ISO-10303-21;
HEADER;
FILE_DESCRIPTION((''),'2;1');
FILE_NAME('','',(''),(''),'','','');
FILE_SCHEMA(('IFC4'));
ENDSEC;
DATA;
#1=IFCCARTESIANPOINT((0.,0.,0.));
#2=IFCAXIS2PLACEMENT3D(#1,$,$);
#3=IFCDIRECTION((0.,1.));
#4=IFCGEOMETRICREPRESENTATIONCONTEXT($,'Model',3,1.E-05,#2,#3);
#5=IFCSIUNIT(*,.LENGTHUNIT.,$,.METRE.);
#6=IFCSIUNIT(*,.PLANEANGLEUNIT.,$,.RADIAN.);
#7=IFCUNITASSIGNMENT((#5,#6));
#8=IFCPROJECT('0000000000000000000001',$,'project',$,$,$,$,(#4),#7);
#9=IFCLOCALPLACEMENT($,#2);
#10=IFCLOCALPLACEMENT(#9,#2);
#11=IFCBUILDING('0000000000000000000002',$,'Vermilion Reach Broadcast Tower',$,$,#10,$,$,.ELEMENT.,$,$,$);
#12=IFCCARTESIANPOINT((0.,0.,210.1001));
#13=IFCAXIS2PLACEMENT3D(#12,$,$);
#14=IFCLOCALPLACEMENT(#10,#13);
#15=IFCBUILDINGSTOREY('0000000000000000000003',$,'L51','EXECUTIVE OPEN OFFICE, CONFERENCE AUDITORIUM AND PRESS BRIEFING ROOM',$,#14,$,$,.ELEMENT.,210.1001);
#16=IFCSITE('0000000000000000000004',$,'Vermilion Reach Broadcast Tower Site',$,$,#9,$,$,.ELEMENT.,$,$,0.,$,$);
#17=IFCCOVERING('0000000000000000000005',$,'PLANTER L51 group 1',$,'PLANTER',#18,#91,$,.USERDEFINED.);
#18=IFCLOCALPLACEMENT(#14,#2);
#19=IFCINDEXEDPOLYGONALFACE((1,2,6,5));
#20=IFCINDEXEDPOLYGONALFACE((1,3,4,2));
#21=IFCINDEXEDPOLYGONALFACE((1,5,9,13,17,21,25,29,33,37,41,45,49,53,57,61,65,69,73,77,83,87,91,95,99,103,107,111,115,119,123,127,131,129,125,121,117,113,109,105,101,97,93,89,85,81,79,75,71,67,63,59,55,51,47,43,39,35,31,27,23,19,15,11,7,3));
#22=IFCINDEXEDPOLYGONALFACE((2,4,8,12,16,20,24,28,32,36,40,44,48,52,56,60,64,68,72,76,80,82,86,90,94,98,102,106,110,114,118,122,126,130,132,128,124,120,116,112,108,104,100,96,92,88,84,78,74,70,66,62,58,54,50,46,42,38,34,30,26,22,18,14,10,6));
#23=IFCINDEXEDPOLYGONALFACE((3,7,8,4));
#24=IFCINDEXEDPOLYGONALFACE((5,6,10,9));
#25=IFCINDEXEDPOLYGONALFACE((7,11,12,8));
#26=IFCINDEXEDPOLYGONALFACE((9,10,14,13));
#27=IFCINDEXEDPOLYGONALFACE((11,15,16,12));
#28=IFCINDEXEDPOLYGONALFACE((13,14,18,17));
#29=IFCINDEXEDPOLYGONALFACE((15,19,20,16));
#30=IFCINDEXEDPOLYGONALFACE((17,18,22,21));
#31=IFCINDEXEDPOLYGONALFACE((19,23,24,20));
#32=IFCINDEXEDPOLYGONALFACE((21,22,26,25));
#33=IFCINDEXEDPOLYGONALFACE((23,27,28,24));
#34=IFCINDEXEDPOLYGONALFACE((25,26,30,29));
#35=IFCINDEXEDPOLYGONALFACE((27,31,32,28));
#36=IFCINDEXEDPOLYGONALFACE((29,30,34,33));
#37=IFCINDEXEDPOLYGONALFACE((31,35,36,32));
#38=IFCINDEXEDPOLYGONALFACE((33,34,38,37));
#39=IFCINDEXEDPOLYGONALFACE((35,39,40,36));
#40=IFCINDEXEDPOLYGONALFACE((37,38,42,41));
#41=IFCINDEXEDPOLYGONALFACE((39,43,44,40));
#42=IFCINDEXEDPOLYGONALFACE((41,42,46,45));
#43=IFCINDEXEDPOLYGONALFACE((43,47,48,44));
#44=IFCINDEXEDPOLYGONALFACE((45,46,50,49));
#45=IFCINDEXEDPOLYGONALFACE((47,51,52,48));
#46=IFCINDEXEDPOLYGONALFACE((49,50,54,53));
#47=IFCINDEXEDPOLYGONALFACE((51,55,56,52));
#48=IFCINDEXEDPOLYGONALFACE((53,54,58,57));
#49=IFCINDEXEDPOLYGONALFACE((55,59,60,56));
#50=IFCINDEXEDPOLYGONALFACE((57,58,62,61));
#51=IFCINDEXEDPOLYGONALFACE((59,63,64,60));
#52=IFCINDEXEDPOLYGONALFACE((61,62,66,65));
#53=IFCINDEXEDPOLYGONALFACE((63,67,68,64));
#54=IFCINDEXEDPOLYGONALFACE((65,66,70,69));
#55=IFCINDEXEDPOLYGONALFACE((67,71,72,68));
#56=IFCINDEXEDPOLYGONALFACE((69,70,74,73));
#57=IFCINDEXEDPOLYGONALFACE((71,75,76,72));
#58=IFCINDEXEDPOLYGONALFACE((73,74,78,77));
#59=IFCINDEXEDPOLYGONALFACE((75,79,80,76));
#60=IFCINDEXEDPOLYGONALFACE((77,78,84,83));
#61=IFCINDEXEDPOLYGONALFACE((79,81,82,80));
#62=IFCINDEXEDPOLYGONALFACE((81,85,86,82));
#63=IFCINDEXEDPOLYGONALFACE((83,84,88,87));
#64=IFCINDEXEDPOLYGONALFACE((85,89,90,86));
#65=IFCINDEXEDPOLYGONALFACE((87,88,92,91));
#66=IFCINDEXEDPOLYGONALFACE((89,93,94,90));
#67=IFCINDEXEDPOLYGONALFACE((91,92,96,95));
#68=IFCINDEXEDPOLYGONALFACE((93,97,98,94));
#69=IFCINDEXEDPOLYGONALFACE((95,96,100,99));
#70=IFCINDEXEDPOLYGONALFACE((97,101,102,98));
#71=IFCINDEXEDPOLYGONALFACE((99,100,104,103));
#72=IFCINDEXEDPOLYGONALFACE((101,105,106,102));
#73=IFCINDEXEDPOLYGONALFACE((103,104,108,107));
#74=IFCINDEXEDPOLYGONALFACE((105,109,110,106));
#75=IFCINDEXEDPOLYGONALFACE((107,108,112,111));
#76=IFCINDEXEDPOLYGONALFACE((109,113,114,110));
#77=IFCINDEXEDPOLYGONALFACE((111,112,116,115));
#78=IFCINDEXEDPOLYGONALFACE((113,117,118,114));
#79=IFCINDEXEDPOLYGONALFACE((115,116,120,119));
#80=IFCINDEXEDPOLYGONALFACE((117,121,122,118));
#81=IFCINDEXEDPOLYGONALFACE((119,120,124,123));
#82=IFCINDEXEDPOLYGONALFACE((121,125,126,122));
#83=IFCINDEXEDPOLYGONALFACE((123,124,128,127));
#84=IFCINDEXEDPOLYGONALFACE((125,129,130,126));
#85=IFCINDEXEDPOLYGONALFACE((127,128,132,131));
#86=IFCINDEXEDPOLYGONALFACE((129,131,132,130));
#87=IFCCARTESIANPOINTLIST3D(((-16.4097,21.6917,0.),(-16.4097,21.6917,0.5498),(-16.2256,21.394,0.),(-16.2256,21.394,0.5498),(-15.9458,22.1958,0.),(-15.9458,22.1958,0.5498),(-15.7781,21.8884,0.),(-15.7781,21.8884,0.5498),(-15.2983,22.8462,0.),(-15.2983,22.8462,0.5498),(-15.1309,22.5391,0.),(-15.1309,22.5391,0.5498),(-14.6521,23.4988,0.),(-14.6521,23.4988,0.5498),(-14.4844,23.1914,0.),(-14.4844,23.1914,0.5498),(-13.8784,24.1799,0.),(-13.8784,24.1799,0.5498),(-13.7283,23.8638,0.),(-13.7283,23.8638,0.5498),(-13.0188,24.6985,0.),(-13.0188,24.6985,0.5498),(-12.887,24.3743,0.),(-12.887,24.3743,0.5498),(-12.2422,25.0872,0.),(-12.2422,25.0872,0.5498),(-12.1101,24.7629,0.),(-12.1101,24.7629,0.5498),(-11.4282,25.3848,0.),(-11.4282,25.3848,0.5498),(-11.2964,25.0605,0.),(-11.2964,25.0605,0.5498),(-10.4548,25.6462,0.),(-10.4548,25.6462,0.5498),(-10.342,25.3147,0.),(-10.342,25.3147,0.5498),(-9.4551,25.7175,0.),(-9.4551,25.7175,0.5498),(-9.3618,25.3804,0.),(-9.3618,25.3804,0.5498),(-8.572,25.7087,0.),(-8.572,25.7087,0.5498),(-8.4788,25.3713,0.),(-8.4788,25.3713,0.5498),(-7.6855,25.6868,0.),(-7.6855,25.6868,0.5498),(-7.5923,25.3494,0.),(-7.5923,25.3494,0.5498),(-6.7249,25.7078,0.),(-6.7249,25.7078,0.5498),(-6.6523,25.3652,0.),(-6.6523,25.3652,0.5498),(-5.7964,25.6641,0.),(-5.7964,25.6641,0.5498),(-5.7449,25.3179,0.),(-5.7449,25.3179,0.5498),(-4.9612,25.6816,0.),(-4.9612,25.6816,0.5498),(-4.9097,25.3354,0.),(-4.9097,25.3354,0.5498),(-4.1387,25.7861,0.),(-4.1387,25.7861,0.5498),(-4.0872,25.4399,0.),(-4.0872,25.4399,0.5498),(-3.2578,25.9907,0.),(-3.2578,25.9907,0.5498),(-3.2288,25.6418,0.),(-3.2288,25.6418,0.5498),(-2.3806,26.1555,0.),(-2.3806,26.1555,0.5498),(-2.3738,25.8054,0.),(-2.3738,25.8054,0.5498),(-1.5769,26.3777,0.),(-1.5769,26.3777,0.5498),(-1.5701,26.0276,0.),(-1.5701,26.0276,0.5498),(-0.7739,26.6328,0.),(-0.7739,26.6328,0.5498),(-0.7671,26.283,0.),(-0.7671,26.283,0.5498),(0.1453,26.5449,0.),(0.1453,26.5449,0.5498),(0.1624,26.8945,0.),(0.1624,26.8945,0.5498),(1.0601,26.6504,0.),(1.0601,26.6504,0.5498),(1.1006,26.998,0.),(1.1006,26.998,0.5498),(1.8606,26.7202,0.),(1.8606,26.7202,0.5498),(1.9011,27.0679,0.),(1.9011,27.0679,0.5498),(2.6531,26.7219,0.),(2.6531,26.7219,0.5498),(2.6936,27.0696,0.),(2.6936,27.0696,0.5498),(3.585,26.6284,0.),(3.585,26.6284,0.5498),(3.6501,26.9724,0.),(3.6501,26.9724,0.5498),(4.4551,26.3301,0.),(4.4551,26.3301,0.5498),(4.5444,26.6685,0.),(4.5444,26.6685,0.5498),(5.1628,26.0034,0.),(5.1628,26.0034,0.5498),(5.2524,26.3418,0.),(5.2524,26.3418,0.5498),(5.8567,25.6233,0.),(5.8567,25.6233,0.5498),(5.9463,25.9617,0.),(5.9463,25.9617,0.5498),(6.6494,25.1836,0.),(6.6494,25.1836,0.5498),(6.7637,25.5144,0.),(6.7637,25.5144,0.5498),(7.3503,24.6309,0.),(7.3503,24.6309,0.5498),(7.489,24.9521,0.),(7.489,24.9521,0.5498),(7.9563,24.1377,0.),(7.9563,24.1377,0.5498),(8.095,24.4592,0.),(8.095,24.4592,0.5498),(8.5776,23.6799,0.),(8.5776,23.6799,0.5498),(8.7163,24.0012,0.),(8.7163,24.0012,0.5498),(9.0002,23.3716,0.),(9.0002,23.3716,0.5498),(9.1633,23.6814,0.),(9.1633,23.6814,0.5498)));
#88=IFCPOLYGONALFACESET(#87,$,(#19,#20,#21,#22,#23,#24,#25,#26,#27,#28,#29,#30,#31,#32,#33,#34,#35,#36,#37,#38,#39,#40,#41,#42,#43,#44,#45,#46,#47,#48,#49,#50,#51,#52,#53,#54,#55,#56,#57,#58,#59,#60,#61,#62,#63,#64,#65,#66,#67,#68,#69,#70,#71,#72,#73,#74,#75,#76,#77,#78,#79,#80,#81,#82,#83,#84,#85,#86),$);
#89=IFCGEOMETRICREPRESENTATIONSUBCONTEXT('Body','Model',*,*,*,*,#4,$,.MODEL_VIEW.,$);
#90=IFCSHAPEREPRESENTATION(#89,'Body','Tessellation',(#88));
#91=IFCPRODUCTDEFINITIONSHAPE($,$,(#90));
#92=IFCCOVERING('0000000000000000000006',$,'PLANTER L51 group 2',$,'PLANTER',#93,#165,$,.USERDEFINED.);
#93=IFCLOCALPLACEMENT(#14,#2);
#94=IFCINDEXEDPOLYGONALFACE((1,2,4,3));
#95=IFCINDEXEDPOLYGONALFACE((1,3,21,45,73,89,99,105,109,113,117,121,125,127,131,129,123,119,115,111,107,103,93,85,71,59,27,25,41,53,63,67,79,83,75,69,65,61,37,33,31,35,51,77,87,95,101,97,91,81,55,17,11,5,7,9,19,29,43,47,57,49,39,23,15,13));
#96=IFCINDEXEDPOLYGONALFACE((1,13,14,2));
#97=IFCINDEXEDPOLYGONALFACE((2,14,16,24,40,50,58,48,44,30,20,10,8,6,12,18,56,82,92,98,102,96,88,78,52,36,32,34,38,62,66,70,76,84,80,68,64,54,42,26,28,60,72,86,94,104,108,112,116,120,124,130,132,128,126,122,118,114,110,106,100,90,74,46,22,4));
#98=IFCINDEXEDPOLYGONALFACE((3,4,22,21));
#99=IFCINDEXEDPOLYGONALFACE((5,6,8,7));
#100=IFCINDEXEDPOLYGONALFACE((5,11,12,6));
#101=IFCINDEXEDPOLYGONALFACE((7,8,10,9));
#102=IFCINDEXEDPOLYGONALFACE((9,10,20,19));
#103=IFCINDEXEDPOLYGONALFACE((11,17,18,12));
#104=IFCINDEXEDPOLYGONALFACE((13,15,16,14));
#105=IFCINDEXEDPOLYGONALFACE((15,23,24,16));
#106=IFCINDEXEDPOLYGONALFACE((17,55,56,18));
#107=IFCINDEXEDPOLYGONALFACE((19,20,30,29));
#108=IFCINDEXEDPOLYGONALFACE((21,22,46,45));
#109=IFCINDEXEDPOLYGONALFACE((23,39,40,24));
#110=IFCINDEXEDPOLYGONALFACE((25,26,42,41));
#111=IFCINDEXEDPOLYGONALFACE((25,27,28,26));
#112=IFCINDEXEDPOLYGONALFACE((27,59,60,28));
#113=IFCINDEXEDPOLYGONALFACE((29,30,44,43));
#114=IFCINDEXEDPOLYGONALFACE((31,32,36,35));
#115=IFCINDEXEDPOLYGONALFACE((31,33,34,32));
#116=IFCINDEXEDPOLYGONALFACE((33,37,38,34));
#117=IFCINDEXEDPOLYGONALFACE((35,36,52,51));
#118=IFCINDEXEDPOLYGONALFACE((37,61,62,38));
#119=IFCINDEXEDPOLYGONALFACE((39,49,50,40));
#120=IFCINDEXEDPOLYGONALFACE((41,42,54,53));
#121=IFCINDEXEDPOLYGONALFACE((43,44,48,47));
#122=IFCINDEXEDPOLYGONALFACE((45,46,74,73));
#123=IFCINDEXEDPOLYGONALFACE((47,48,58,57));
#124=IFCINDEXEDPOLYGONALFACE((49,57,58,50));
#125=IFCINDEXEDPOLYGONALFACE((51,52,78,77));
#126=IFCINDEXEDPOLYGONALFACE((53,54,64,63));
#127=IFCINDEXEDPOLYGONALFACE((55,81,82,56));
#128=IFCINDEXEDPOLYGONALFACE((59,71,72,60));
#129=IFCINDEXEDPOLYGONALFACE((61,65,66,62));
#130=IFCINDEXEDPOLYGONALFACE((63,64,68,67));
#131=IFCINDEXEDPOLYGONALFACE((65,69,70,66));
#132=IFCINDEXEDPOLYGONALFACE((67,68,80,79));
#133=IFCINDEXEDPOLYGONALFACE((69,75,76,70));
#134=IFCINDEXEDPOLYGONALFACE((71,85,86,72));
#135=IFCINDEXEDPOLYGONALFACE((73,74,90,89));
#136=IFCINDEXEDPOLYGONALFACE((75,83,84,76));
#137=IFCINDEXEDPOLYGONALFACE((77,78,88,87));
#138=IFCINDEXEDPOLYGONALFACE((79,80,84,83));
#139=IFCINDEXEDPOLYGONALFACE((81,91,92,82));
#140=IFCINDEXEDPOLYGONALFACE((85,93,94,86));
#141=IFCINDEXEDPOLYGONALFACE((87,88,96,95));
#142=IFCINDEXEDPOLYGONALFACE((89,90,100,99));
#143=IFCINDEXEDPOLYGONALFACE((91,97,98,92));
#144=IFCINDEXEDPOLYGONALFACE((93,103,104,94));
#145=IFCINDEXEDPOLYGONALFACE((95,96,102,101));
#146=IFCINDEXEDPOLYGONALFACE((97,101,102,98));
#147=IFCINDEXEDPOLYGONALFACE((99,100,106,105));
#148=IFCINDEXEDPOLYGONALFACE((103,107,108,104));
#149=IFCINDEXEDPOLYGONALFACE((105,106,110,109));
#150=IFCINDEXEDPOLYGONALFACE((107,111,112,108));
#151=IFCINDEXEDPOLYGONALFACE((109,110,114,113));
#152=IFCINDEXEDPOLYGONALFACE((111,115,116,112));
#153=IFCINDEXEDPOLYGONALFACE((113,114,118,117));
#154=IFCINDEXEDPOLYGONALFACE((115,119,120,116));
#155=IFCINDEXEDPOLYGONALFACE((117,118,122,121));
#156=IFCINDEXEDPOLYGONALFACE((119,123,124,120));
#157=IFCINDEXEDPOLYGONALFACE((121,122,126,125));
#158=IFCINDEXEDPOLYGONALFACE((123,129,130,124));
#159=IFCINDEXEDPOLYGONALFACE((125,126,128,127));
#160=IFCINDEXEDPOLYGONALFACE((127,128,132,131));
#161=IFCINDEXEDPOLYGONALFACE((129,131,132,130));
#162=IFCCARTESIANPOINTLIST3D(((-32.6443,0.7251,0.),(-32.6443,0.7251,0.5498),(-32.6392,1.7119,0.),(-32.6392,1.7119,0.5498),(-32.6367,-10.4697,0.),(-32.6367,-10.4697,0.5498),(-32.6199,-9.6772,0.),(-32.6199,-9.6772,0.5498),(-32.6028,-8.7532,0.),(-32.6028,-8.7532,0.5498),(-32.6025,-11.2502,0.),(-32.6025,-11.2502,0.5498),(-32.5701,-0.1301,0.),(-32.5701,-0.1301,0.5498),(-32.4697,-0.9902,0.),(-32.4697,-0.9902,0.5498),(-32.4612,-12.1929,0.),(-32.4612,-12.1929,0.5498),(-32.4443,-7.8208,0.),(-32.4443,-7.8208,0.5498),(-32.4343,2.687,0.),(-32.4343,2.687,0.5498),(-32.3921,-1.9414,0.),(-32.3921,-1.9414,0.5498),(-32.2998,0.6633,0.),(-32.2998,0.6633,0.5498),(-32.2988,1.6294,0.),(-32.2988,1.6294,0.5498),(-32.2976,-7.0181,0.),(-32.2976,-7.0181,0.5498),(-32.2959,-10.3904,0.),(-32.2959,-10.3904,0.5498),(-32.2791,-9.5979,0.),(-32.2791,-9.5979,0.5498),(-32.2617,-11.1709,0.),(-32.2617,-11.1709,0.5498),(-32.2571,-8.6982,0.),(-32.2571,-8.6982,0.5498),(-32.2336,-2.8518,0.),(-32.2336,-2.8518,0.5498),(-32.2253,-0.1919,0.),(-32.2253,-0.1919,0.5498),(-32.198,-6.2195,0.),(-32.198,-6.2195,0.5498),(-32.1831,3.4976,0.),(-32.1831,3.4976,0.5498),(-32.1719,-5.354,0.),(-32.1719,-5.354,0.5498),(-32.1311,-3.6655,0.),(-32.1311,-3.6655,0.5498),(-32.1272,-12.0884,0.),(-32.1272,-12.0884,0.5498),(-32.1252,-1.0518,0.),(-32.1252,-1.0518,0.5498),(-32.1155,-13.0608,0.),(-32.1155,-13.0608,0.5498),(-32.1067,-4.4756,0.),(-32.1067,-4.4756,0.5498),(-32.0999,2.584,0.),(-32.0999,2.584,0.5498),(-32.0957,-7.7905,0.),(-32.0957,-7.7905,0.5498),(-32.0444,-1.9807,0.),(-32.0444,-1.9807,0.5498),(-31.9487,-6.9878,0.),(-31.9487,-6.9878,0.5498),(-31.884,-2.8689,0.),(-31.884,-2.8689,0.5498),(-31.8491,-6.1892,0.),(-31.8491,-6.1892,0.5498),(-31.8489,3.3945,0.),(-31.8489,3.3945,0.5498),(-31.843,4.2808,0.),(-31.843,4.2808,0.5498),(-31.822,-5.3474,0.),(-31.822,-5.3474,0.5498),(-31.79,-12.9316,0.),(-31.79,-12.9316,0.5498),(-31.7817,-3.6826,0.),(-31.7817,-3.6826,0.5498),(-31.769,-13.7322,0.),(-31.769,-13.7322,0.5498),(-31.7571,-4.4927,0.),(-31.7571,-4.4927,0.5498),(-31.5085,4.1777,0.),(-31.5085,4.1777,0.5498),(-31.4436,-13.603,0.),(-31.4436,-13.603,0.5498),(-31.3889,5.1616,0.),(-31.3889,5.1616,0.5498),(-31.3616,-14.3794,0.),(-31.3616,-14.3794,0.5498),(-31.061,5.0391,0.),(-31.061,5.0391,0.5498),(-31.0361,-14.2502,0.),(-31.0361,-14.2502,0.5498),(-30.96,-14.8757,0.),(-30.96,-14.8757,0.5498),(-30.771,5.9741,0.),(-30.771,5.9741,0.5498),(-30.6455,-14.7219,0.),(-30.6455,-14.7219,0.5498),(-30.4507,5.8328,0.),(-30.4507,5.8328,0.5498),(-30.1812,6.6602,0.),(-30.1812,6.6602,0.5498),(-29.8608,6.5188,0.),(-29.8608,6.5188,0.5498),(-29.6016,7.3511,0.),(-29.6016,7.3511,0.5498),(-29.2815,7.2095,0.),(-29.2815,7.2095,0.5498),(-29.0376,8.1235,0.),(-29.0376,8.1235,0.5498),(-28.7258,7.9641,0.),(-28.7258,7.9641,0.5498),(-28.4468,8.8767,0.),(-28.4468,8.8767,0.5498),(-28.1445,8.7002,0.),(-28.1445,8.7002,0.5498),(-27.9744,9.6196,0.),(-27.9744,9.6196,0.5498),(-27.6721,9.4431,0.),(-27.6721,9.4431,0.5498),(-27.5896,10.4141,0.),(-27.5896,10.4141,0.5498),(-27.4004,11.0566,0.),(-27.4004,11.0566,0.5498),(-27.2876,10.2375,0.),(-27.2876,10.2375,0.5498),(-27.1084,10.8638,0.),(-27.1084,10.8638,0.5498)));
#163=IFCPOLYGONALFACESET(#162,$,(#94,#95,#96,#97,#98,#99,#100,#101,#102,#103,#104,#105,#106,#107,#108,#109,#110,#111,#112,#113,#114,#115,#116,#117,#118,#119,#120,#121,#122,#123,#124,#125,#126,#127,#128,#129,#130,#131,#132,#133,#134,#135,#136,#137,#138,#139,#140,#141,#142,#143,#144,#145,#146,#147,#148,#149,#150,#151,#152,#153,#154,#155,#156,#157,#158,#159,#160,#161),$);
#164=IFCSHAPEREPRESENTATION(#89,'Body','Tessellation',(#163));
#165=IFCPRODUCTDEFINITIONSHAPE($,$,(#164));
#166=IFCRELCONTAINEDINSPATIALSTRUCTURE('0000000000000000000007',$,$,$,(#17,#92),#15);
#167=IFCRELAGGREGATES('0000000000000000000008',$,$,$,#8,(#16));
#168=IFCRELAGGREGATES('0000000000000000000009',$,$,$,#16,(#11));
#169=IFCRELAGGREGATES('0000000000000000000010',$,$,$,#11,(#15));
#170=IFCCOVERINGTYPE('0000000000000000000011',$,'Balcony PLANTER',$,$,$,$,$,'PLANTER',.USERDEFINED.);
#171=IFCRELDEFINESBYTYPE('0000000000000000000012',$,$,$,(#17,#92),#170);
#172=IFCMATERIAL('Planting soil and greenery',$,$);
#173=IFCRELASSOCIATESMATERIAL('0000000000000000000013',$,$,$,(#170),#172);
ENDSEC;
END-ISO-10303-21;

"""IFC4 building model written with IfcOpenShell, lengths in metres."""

from ifc_helpers import new_model, si_unit, direction, frame, origin, place, context, subcontext, project, spatial, polyline, outline, extrude, material, type_object, element, save


model = new_model("IFC4")

# Units and contexts
model_context = context("Model", 3, precision=1e-05, world=origin(), true_north=direction((0.0, 1.0)))
body_context = subcontext(model_context, "Body", "Model", "MODEL_VIEW")
ifc_project = project(units=[si_unit("LENGTHUNIT", "METRE"), si_unit("PLANEANGLEUNIT", "RADIAN")], contexts=[model_context])

# Site, building, storey
site_placement = place(None, origin())
site = spatial("IfcSite", under=ifc_project, at=site_placement, Name="Vermilion Reach Broadcast Tower Site", CompositionType="ELEMENT", RefElevation=0.0)
building_placement = place(site_placement, origin())
building = spatial("IfcBuilding", under=site, at=building_placement, Name="Vermilion Reach Broadcast Tower", CompositionType="ELEMENT")
storey_placement = place(building_placement, frame((0.0, 0.0, 210.1001)))
storey = spatial("IfcBuildingStorey", under=building, at=storey_placement, Name="L51", Description="EXECUTIVE OPEN OFFICE, CONFERENCE AUDITORIUM AND PRESS BRIEFING ROOM", CompositionType="ELEMENT", Elevation=210.1001)

# Shared definitions
placement_1 = place(storey_placement, origin())

# Coverings
ifc_material_1 = material(Name="Planting soil and greenery")
covering_type = type_object("IfcCoveringType", Name="Balcony PLANTER", ElementType="PLANTER", PredefinedType="USERDEFINED", material=ifc_material_1)
element("IfcCovering", 1, at=placement_1, inside=storey, type_object=covering_type, Name="PLANTER L51 group 1", ObjectType="PLANTER", PredefinedType="USERDEFINED", context=body_context, shape_type="SweptSolid", body=[
    extrude(outline(polyline([(9.1633, 23.6814), (8.7163, 24.0012), (8.095, 24.4592), (7.489, 24.9521), (6.7637, 25.5144), (5.9463, 25.9617), (5.2524, 26.3418), (4.5444, 26.6685), (3.6501, 26.9724), (2.6936, 27.0696), (1.9011, 27.0679), (1.1006, 26.998), (0.1624, 26.8945), (-0.7739, 26.6328), (-1.5769, 26.3777), (-2.3806, 26.1555), (-3.2578, 25.9907), (-4.1387, 25.7861), (-4.9612, 25.6816), (-5.7964, 25.6641), (-6.7249, 25.7078), (-7.6855, 25.6868), (-8.572, 25.7087), (-9.4551, 25.7175), (-10.4548, 25.6462), (-11.4282, 25.3848), (-12.2422, 25.0872), (-13.0188, 24.6985), (-13.8784, 24.1799), (-14.6521, 23.4988), (-15.2983, 22.8462), (-15.9458, 22.1958), (-16.4097, 21.6917), (-16.2256, 21.394), (-15.7781, 21.8884), (-15.1309, 22.5391), (-14.4844, 23.1914), (-13.7283, 23.8638), (-12.887, 24.3743), (-12.1101, 24.7629), (-11.2964, 25.0605), (-10.342, 25.3147), (-9.3618, 25.3804), (-8.4788, 25.3713), (-7.5923, 25.3494), (-6.6523, 25.3652), (-5.7449, 25.3179), (-4.9097, 25.3354), (-4.0872, 25.4399), (-3.2288, 25.6418), (-2.3738, 25.8054), (-1.5701, 26.0276), (-0.7671, 26.283), (0.1453, 26.5449), (1.0601, 26.6504), (1.8606, 26.7202), (2.6531, 26.7219), (3.585, 26.6284), (4.4551, 26.3301), (5.1628, 26.0034), (5.8567, 25.6233), (6.6494, 25.1836), (7.3503, 24.6309), (7.9563, 24.1377), (8.5776, 23.6799), (9.0002, 23.3716), (9.1633, 23.6814)])), origin(), (0.0, 0.0, 1.0), 0.5498),
])
element("IfcCovering", 2, at=placement_1, inside=storey, type_object=covering_type, Name="PLANTER L51 group 2", ObjectType="PLANTER", PredefinedType="USERDEFINED", context=body_context, shape_type="SweptSolid", body=[
    extrude(outline(polyline([(-27.4004, 11.0566), (-27.5896, 10.4141), (-27.9744, 9.6196), (-28.4468, 8.8767), (-29.0376, 8.1235), (-29.6016, 7.3511), (-30.1812, 6.6602), (-30.771, 5.9741), (-31.3889, 5.1616), (-31.843, 4.2808), (-32.1831, 3.4976), (-32.4343, 2.687), (-32.6392, 1.7119), (-32.6443, 0.7251), (-32.5701, -0.1301), (-32.4697, -0.9902), (-32.3921, -1.9414), (-32.2336, -2.8518), (-32.1311, -3.6655), (-32.1067, -4.4756), (-32.1719, -5.354), (-32.198, -6.2195), (-32.2976, -7.0181), (-32.4443, -7.8208), (-32.6028, -8.7532), (-32.6199, -9.6772), (-32.6367, -10.4697), (-32.6025, -11.2502), (-32.4612, -12.1929), (-32.1155, -13.0608), (-31.769, -13.7322), (-31.3616, -14.3794), (-30.96, -14.8757), (-30.6455, -14.7219), (-31.0361, -14.2502), (-31.4436, -13.603), (-31.79, -12.9316), (-32.1272, -12.0884), (-32.2617, -11.1709), (-32.2959, -10.3904), (-32.2791, -9.5979), (-32.2571, -8.6982), (-32.0957, -7.7905), (-31.9487, -6.9878), (-31.8491, -6.1892), (-31.822, -5.3474), (-31.7571, -4.4927), (-31.7817, -3.6826), (-31.884, -2.8689), (-32.0444, -1.9807), (-32.1252, -1.0518), (-32.2253, -0.1919), (-32.2998, 0.6633), (-32.2988, 1.6294), (-32.0999, 2.584), (-31.8489, 3.3945), (-31.5085, 4.1777), (-31.061, 5.0391), (-30.4507, 5.8328), (-29.8608, 6.5188), (-29.2815, 7.2095), (-28.7258, 7.9641), (-28.1445, 8.7002), (-27.6721, 9.4431), (-27.2876, 10.2375), (-27.1084, 10.8638), (-27.4004, 11.0566)])), origin(), (0.0, 0.0, 1.0), 0.5498),
])

save(model, "model.ifc")
